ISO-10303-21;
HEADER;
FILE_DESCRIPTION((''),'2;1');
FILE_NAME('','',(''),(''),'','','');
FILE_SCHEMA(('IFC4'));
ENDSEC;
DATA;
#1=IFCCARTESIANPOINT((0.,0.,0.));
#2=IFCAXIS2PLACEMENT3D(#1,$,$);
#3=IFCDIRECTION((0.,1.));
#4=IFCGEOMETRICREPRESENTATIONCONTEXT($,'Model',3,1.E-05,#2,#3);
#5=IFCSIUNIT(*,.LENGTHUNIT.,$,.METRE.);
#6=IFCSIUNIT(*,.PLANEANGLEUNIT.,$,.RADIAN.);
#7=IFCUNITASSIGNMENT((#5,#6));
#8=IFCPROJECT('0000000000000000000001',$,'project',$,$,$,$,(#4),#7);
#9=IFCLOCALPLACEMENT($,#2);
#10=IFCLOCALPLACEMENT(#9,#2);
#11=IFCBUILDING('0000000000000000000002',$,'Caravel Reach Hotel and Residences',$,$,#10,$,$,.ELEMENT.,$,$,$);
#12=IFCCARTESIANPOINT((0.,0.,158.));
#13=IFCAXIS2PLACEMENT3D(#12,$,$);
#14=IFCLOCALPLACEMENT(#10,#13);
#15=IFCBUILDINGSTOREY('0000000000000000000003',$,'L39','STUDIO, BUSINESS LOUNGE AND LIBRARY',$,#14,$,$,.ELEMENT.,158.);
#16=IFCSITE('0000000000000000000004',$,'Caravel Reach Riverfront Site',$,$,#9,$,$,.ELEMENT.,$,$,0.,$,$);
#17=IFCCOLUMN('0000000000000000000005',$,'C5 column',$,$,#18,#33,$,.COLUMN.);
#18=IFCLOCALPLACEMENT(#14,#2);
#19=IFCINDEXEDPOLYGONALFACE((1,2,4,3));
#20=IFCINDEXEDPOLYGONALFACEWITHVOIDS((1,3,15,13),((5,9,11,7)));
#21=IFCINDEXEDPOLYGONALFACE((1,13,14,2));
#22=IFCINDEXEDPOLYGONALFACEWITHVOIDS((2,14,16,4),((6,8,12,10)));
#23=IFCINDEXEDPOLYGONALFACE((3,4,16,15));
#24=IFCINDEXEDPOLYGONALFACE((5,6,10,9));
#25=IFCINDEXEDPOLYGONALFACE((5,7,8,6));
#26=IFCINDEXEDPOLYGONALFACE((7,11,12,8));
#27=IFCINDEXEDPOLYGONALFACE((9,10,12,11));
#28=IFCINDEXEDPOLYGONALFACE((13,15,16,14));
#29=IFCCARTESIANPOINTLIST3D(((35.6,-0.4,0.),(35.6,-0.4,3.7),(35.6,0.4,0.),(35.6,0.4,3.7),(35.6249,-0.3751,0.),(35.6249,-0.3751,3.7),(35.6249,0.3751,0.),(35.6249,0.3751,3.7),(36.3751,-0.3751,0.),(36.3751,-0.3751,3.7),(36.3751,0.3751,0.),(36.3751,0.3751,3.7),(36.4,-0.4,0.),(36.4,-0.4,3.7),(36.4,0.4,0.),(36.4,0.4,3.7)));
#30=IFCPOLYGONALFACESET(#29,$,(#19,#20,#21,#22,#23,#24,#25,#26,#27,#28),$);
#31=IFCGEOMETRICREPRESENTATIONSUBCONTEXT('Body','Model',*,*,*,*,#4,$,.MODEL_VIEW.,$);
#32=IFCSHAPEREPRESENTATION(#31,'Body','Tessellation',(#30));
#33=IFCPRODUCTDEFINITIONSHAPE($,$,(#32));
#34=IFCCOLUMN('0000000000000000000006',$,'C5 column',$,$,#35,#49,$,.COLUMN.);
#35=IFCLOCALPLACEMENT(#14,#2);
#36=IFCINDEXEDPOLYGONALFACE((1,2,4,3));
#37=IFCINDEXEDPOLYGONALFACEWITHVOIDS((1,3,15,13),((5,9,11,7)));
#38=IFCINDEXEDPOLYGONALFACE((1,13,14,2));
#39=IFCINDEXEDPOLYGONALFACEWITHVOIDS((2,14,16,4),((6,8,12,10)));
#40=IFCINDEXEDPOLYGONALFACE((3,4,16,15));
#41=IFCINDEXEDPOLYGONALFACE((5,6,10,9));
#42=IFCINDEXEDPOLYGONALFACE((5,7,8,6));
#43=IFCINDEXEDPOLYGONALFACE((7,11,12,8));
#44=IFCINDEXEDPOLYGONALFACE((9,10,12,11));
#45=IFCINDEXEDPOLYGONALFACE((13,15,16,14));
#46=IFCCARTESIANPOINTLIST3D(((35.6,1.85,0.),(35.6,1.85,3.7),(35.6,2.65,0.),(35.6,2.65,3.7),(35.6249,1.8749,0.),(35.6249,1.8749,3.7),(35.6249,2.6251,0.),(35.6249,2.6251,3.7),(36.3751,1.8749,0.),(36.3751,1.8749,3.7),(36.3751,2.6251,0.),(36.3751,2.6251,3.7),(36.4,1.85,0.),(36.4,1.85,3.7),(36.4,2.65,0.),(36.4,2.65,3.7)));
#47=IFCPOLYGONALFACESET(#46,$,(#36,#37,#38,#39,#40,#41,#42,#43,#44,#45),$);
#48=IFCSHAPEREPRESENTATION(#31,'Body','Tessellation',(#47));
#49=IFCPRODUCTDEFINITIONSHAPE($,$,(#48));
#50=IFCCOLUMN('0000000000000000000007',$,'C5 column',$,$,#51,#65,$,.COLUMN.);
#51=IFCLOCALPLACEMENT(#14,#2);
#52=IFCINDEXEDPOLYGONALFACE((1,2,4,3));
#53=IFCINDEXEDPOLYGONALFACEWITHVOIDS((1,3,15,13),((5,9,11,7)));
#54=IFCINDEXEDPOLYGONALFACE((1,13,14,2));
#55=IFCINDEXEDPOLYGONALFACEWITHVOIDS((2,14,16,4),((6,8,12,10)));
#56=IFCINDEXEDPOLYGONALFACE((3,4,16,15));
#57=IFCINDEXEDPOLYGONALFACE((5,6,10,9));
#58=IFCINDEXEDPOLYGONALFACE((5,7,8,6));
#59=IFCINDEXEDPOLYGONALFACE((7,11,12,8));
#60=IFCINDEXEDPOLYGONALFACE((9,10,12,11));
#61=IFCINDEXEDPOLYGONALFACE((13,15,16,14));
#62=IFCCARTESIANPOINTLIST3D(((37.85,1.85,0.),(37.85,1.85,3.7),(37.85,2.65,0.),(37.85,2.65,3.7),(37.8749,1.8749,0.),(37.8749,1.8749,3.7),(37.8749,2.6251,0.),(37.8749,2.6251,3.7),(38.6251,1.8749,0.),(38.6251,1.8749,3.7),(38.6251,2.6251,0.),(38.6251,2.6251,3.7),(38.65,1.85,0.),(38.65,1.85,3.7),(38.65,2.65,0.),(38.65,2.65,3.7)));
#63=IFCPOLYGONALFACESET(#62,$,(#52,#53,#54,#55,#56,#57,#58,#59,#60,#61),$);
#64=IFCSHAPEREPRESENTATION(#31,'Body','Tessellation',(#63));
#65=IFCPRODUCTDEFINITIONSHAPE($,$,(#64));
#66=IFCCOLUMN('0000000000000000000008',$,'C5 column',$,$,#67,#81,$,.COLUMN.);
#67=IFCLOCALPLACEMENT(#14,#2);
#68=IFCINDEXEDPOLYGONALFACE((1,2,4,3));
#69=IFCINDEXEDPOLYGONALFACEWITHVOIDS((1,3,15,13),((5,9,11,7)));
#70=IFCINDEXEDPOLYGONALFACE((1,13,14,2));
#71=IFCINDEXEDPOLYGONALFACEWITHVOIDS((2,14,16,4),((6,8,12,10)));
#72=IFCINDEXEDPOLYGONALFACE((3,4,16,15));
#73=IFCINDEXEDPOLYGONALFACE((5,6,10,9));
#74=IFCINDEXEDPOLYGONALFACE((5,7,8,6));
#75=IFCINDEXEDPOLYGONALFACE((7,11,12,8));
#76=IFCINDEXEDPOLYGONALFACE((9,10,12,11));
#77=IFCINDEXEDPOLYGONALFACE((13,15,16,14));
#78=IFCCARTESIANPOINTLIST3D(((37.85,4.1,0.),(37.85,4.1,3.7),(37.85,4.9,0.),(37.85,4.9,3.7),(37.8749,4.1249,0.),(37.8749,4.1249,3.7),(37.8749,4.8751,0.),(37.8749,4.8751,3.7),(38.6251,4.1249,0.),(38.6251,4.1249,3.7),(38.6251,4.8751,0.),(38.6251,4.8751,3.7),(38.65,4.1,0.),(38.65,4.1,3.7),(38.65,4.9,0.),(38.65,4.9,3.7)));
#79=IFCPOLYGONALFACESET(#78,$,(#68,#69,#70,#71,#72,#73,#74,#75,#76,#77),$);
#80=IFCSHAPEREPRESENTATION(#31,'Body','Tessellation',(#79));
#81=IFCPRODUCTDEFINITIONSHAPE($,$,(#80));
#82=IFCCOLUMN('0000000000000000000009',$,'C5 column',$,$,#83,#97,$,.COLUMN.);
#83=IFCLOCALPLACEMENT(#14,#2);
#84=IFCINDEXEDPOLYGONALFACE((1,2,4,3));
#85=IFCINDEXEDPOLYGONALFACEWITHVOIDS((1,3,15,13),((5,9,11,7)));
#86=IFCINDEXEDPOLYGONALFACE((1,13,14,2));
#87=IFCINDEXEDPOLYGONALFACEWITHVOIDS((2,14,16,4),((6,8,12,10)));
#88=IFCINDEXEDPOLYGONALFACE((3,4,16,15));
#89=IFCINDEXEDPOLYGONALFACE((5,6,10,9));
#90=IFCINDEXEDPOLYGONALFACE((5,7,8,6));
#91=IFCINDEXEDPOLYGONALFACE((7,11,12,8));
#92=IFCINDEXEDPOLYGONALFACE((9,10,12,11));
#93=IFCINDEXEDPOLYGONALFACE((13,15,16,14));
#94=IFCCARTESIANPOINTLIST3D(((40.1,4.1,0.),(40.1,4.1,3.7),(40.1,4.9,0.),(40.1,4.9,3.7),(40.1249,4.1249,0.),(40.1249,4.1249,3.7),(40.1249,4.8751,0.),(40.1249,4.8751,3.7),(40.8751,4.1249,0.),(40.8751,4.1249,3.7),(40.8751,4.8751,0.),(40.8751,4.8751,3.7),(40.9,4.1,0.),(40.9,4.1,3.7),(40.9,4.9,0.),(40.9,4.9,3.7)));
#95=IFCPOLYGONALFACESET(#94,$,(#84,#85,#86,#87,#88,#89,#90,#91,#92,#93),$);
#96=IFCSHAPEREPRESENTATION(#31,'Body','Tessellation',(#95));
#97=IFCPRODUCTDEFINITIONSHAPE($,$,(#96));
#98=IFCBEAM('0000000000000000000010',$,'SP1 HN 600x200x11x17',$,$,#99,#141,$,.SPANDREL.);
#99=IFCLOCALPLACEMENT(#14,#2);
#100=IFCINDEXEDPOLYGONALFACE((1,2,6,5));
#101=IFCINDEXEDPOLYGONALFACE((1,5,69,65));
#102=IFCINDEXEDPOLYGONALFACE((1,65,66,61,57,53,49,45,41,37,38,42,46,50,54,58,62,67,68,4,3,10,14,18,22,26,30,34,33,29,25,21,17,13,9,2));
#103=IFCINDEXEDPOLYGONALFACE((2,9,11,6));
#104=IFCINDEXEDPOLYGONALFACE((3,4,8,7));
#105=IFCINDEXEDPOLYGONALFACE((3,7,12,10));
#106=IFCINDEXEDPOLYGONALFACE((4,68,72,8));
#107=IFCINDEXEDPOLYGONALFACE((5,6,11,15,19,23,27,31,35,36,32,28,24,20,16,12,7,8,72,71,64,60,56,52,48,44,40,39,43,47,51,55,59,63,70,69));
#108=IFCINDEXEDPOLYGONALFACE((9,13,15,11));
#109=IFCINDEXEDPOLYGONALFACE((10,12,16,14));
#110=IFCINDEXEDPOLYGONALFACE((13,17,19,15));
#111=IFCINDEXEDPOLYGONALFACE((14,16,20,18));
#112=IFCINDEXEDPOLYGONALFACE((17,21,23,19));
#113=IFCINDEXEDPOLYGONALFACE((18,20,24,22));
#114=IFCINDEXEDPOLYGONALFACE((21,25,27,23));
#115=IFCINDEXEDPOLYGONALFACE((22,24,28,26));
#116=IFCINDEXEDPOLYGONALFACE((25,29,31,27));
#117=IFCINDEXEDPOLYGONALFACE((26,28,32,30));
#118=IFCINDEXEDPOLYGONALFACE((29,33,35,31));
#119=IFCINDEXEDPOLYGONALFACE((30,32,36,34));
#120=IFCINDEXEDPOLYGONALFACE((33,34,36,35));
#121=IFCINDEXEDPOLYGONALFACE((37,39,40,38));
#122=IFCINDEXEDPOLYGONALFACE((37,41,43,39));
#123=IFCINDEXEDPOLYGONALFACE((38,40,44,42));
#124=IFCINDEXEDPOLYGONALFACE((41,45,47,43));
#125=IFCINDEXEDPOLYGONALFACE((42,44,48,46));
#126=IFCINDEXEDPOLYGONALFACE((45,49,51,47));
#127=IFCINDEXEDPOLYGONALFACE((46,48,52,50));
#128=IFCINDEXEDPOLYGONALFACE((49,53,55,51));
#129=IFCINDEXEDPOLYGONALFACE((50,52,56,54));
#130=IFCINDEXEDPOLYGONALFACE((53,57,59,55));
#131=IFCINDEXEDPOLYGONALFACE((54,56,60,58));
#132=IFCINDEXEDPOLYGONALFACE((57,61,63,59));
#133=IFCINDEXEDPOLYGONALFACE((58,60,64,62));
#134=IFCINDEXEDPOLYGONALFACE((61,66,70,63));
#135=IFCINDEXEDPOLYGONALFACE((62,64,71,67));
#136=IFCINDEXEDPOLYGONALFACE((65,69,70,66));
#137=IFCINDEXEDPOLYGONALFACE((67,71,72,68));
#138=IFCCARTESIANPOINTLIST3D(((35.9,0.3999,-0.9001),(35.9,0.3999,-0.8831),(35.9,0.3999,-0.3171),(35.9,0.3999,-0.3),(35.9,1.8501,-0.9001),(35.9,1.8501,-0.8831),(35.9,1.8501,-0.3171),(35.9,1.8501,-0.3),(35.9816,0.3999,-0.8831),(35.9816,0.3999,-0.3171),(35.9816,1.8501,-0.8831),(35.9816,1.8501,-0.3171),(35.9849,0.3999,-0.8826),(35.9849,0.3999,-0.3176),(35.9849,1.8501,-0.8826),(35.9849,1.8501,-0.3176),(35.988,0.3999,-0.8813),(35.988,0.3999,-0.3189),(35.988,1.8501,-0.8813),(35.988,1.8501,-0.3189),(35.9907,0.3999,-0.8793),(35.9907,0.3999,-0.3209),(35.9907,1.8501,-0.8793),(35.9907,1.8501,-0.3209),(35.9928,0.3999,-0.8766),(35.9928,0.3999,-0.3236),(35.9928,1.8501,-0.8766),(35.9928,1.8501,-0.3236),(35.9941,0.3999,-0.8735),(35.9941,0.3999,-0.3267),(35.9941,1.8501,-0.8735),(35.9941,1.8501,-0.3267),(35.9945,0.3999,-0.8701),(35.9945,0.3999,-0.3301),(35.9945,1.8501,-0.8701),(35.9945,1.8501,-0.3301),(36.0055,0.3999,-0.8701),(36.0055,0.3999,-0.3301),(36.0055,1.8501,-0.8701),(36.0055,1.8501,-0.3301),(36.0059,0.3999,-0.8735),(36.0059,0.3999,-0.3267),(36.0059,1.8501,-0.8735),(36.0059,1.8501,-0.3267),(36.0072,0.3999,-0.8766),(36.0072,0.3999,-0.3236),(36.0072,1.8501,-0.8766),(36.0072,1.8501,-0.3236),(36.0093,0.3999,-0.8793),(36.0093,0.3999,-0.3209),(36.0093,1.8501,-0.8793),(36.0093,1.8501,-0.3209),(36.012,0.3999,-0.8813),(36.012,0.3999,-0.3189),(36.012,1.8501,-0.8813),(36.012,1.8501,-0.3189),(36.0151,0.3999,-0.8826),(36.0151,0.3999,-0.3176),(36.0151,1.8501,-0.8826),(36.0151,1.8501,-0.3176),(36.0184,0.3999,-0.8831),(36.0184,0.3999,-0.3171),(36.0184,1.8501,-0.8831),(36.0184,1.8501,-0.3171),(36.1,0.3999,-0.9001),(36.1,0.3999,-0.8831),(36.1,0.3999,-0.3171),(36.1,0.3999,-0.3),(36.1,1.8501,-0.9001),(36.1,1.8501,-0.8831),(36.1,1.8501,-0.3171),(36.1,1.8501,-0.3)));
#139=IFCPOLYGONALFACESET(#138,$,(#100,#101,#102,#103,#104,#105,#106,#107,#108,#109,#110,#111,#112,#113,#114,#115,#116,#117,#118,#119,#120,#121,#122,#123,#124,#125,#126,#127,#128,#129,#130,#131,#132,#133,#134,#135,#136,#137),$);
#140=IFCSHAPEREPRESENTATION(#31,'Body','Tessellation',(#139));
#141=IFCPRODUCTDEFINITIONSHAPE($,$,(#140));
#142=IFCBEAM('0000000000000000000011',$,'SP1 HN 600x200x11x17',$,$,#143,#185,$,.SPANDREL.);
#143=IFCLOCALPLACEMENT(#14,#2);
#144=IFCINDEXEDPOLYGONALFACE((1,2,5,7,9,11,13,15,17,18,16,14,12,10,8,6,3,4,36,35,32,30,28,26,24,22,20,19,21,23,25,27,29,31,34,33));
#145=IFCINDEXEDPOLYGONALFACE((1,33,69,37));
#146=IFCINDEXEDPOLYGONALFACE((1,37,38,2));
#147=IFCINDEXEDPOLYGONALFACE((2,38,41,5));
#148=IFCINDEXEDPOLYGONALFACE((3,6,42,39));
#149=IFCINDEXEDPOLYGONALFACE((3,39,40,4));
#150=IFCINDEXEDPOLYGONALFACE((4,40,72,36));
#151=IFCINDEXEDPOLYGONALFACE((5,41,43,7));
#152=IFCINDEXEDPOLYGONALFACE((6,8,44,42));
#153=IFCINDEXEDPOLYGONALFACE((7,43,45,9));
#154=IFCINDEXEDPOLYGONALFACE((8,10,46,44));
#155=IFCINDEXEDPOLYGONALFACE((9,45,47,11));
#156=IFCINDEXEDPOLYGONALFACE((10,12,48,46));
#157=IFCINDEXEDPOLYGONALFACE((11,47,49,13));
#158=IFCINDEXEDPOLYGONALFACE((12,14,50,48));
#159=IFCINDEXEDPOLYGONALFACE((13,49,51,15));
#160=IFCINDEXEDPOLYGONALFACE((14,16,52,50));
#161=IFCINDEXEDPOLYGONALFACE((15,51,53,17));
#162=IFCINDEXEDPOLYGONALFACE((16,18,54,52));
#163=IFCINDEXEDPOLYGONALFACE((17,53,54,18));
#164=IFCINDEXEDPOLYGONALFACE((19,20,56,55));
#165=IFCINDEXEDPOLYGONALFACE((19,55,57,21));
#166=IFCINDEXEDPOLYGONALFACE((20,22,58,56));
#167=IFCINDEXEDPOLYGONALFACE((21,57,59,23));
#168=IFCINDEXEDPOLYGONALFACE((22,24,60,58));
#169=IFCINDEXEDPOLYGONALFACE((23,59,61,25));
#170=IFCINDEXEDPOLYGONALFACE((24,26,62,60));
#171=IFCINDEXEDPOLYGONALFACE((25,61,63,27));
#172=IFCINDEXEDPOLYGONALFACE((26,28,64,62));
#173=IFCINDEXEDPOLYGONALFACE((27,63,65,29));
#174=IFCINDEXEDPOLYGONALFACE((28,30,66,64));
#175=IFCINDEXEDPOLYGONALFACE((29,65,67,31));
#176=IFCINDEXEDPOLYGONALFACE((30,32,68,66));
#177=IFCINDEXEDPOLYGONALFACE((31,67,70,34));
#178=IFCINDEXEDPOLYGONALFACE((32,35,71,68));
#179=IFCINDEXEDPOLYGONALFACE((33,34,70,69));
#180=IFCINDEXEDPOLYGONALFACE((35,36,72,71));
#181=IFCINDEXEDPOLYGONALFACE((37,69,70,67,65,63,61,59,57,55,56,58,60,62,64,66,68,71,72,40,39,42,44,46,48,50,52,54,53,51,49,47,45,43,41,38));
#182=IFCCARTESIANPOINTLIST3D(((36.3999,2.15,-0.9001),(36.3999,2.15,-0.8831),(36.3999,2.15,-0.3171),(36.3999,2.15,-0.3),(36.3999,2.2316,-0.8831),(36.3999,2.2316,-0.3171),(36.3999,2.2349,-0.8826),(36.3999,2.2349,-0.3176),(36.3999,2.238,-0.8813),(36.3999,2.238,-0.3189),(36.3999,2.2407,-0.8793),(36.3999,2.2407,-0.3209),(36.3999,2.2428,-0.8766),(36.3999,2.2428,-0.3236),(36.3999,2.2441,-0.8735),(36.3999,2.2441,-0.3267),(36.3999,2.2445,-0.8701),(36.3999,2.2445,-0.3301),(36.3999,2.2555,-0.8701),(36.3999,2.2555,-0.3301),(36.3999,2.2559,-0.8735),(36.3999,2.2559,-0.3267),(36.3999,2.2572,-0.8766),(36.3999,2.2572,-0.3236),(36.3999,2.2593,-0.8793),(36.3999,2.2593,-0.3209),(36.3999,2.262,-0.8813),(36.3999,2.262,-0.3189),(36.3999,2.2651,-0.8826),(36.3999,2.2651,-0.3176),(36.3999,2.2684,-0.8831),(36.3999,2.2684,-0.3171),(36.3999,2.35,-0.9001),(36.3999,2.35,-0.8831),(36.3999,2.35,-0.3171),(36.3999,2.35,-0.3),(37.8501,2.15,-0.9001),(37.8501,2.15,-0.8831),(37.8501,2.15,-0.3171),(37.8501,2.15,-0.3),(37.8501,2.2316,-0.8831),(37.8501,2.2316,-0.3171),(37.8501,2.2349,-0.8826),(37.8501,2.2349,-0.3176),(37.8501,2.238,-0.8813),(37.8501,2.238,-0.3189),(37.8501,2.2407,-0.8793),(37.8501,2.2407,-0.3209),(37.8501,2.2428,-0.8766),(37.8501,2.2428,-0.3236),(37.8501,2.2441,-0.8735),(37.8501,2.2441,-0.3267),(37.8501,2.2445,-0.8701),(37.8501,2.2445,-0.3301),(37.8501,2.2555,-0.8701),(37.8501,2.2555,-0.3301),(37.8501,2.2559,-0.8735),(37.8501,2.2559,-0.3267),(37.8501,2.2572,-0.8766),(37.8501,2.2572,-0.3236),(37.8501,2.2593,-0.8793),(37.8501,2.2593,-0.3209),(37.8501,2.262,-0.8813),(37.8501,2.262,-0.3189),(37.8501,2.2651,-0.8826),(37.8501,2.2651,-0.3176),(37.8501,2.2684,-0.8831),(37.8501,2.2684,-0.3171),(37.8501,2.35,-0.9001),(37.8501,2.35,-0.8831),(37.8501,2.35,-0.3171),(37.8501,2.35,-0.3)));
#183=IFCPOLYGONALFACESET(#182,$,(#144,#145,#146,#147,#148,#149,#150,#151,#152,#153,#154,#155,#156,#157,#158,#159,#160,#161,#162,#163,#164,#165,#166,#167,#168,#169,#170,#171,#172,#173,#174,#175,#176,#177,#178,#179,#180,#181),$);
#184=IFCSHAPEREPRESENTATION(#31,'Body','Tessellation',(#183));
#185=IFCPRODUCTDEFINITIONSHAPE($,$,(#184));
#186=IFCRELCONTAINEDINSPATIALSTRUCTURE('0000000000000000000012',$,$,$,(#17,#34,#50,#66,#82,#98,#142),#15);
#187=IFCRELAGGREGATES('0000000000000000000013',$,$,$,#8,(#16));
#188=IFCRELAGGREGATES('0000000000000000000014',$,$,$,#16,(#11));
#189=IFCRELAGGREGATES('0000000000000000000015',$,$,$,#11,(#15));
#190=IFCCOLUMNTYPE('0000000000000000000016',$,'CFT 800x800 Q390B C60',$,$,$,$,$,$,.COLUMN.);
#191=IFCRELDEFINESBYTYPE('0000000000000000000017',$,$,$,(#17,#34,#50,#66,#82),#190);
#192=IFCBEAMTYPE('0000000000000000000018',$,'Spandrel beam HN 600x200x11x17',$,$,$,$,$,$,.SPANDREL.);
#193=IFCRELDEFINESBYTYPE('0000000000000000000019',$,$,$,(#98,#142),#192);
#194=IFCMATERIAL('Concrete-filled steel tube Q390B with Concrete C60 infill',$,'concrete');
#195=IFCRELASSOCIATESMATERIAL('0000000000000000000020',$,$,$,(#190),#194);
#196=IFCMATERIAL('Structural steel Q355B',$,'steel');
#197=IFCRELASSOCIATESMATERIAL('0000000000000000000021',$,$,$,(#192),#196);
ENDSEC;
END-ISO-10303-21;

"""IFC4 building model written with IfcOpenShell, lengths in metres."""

from ifc_helpers import new_model, si_unit, direction, frame, origin, origin_2d, place, context, subcontext, project, spatial, hollow_rectangle, i_section, extrude, material, material_profile, profile_set, type_object, element, save


model = new_model("IFC4")

# Units and contexts
model_context = context("Model", 3, precision=1e-05, world=origin(), true_north=direction((0.0, 1.0)))
body_context = subcontext(model_context, "Body", "Model", "MODEL_VIEW")
ifc_project = project(units=[si_unit("LENGTHUNIT", "METRE"), si_unit("PLANEANGLEUNIT", "RADIAN")], contexts=[model_context])

# Site, building, storey
site_placement = place(None, origin())
site = spatial("IfcSite", under=ifc_project, at=site_placement, Name="Caravel Reach Riverfront Site", CompositionType="ELEMENT", RefElevation=0.0)
building_placement = place(site_placement, origin())
building = spatial("IfcBuilding", under=site, at=building_placement, Name="Caravel Reach Hotel and Residences", CompositionType="ELEMENT")
storey_placement = place(building_placement, frame((0.0, 0.0, 158.0)))
storey = spatial("IfcBuildingStorey", under=building, at=storey_placement, Name="L39", Description="STUDIO, BUSINESS LOUNGE AND LIBRARY", CompositionType="ELEMENT", Elevation=158.0)

# Columns
ifc_material_1 = material(Name="Concrete-filled steel tube Q390B with Concrete C60 infill", Category="concrete")
ifc_material_profile_1 = material_profile(ifc_material_1, hollow_rectangle(XDim=0.8, YDim=0.8, WallThickness=0.0249, at=origin_2d()), Name="RHS 800x800x25")
ifc_profile_set_1 = profile_set([ifc_material_profile_1], Name="Concrete-filled steel tube Q390B with Concrete C60 infill")
column_type = type_object("IfcColumnType", Name="CFT 800x800 Q390B C60", PredefinedType="COLUMN", material=ifc_profile_set_1)
for number, where, z_axis, x_axis, name in (
    (1, (36.0, 0.0, 0.0), (0.0, 0.0, 1.0), (1.0, 0.0, 0.0), "C5 column"),
    (2, (36.0, 2.25, 0.0), (0.0, 0.0, 1.0), (1.0, 0.0, 0.0), "C5 column"),
    (3, (38.25, 2.25, 0.0), (0.0, 0.0, 1.0), (1.0, 0.0, 0.0), "C5 column"),
    (4, (38.25, 4.5, 0.0), (0.0, 0.0, 1.0), (1.0, 0.0, 0.0), "C5 column"),
    (5, (40.5, 4.5, 0.0), (0.0, 0.0, 1.0), (1.0, 0.0, 0.0), "C5 column"),
):
    element("IfcColumn", number, at=place(storey_placement, frame(where, z_axis=z_axis, x_axis=x_axis)), inside=storey, type_object=column_type, Name=name, PredefinedType="COLUMN", context=body_context, shape_type="SweptSolid", body=[
        extrude(hollow_rectangle(XDim=0.8, YDim=0.8, WallThickness=0.0249, at=origin_2d()), origin(), (0.0, 0.0, 1.0), 3.7),
    ])

# Beams
ifc_material_2 = material(Name="Structural steel Q355B", Category="steel")
ifc_material_profile_2 = material_profile(ifc_material_2, i_section(OverallWidth=0.2, OverallDepth=0.6001, WebThickness=0.011, FlangeThickness=0.0171, FilletRadius=0.0129, at=origin_2d()), Name="HN 600x200x11x17")
ifc_profile_set_2 = profile_set([ifc_material_profile_2], Name="Structural steel Q355B")
beam_type = type_object("IfcBeamType", Name="Spandrel beam HN 600x200x11x17", PredefinedType="SPANDREL", material=ifc_profile_set_2)
for number, where, z_axis, x_axis, name in (
    (6, (36.0, 0.3999, -0.6001), (0.0, 1.0, 0.0), (-1.0, 0.0, 0.0), "SP1 HN 600x200x11x17"),
    (7, (36.3999, 2.25, -0.6001), (1.0, 0.0, 0.0), (0.0, 1.0, 0.0), "SP1 HN 600x200x11x17"),
):
    element("IfcBeam", number, at=place(storey_placement, frame(where, z_axis=z_axis, x_axis=x_axis)), inside=storey, type_object=beam_type, Name=name, PredefinedType="SPANDREL", context=body_context, shape_type="SweptSolid", body=[
        extrude(i_section(OverallWidth=0.2, OverallDepth=0.6001, WebThickness=0.011, FlangeThickness=0.0171, FilletRadius=0.0129, at=origin_2d()), origin(), (0.0, 0.0, 1.0), 1.4502),
    ])

save(model, "model.ifc")
